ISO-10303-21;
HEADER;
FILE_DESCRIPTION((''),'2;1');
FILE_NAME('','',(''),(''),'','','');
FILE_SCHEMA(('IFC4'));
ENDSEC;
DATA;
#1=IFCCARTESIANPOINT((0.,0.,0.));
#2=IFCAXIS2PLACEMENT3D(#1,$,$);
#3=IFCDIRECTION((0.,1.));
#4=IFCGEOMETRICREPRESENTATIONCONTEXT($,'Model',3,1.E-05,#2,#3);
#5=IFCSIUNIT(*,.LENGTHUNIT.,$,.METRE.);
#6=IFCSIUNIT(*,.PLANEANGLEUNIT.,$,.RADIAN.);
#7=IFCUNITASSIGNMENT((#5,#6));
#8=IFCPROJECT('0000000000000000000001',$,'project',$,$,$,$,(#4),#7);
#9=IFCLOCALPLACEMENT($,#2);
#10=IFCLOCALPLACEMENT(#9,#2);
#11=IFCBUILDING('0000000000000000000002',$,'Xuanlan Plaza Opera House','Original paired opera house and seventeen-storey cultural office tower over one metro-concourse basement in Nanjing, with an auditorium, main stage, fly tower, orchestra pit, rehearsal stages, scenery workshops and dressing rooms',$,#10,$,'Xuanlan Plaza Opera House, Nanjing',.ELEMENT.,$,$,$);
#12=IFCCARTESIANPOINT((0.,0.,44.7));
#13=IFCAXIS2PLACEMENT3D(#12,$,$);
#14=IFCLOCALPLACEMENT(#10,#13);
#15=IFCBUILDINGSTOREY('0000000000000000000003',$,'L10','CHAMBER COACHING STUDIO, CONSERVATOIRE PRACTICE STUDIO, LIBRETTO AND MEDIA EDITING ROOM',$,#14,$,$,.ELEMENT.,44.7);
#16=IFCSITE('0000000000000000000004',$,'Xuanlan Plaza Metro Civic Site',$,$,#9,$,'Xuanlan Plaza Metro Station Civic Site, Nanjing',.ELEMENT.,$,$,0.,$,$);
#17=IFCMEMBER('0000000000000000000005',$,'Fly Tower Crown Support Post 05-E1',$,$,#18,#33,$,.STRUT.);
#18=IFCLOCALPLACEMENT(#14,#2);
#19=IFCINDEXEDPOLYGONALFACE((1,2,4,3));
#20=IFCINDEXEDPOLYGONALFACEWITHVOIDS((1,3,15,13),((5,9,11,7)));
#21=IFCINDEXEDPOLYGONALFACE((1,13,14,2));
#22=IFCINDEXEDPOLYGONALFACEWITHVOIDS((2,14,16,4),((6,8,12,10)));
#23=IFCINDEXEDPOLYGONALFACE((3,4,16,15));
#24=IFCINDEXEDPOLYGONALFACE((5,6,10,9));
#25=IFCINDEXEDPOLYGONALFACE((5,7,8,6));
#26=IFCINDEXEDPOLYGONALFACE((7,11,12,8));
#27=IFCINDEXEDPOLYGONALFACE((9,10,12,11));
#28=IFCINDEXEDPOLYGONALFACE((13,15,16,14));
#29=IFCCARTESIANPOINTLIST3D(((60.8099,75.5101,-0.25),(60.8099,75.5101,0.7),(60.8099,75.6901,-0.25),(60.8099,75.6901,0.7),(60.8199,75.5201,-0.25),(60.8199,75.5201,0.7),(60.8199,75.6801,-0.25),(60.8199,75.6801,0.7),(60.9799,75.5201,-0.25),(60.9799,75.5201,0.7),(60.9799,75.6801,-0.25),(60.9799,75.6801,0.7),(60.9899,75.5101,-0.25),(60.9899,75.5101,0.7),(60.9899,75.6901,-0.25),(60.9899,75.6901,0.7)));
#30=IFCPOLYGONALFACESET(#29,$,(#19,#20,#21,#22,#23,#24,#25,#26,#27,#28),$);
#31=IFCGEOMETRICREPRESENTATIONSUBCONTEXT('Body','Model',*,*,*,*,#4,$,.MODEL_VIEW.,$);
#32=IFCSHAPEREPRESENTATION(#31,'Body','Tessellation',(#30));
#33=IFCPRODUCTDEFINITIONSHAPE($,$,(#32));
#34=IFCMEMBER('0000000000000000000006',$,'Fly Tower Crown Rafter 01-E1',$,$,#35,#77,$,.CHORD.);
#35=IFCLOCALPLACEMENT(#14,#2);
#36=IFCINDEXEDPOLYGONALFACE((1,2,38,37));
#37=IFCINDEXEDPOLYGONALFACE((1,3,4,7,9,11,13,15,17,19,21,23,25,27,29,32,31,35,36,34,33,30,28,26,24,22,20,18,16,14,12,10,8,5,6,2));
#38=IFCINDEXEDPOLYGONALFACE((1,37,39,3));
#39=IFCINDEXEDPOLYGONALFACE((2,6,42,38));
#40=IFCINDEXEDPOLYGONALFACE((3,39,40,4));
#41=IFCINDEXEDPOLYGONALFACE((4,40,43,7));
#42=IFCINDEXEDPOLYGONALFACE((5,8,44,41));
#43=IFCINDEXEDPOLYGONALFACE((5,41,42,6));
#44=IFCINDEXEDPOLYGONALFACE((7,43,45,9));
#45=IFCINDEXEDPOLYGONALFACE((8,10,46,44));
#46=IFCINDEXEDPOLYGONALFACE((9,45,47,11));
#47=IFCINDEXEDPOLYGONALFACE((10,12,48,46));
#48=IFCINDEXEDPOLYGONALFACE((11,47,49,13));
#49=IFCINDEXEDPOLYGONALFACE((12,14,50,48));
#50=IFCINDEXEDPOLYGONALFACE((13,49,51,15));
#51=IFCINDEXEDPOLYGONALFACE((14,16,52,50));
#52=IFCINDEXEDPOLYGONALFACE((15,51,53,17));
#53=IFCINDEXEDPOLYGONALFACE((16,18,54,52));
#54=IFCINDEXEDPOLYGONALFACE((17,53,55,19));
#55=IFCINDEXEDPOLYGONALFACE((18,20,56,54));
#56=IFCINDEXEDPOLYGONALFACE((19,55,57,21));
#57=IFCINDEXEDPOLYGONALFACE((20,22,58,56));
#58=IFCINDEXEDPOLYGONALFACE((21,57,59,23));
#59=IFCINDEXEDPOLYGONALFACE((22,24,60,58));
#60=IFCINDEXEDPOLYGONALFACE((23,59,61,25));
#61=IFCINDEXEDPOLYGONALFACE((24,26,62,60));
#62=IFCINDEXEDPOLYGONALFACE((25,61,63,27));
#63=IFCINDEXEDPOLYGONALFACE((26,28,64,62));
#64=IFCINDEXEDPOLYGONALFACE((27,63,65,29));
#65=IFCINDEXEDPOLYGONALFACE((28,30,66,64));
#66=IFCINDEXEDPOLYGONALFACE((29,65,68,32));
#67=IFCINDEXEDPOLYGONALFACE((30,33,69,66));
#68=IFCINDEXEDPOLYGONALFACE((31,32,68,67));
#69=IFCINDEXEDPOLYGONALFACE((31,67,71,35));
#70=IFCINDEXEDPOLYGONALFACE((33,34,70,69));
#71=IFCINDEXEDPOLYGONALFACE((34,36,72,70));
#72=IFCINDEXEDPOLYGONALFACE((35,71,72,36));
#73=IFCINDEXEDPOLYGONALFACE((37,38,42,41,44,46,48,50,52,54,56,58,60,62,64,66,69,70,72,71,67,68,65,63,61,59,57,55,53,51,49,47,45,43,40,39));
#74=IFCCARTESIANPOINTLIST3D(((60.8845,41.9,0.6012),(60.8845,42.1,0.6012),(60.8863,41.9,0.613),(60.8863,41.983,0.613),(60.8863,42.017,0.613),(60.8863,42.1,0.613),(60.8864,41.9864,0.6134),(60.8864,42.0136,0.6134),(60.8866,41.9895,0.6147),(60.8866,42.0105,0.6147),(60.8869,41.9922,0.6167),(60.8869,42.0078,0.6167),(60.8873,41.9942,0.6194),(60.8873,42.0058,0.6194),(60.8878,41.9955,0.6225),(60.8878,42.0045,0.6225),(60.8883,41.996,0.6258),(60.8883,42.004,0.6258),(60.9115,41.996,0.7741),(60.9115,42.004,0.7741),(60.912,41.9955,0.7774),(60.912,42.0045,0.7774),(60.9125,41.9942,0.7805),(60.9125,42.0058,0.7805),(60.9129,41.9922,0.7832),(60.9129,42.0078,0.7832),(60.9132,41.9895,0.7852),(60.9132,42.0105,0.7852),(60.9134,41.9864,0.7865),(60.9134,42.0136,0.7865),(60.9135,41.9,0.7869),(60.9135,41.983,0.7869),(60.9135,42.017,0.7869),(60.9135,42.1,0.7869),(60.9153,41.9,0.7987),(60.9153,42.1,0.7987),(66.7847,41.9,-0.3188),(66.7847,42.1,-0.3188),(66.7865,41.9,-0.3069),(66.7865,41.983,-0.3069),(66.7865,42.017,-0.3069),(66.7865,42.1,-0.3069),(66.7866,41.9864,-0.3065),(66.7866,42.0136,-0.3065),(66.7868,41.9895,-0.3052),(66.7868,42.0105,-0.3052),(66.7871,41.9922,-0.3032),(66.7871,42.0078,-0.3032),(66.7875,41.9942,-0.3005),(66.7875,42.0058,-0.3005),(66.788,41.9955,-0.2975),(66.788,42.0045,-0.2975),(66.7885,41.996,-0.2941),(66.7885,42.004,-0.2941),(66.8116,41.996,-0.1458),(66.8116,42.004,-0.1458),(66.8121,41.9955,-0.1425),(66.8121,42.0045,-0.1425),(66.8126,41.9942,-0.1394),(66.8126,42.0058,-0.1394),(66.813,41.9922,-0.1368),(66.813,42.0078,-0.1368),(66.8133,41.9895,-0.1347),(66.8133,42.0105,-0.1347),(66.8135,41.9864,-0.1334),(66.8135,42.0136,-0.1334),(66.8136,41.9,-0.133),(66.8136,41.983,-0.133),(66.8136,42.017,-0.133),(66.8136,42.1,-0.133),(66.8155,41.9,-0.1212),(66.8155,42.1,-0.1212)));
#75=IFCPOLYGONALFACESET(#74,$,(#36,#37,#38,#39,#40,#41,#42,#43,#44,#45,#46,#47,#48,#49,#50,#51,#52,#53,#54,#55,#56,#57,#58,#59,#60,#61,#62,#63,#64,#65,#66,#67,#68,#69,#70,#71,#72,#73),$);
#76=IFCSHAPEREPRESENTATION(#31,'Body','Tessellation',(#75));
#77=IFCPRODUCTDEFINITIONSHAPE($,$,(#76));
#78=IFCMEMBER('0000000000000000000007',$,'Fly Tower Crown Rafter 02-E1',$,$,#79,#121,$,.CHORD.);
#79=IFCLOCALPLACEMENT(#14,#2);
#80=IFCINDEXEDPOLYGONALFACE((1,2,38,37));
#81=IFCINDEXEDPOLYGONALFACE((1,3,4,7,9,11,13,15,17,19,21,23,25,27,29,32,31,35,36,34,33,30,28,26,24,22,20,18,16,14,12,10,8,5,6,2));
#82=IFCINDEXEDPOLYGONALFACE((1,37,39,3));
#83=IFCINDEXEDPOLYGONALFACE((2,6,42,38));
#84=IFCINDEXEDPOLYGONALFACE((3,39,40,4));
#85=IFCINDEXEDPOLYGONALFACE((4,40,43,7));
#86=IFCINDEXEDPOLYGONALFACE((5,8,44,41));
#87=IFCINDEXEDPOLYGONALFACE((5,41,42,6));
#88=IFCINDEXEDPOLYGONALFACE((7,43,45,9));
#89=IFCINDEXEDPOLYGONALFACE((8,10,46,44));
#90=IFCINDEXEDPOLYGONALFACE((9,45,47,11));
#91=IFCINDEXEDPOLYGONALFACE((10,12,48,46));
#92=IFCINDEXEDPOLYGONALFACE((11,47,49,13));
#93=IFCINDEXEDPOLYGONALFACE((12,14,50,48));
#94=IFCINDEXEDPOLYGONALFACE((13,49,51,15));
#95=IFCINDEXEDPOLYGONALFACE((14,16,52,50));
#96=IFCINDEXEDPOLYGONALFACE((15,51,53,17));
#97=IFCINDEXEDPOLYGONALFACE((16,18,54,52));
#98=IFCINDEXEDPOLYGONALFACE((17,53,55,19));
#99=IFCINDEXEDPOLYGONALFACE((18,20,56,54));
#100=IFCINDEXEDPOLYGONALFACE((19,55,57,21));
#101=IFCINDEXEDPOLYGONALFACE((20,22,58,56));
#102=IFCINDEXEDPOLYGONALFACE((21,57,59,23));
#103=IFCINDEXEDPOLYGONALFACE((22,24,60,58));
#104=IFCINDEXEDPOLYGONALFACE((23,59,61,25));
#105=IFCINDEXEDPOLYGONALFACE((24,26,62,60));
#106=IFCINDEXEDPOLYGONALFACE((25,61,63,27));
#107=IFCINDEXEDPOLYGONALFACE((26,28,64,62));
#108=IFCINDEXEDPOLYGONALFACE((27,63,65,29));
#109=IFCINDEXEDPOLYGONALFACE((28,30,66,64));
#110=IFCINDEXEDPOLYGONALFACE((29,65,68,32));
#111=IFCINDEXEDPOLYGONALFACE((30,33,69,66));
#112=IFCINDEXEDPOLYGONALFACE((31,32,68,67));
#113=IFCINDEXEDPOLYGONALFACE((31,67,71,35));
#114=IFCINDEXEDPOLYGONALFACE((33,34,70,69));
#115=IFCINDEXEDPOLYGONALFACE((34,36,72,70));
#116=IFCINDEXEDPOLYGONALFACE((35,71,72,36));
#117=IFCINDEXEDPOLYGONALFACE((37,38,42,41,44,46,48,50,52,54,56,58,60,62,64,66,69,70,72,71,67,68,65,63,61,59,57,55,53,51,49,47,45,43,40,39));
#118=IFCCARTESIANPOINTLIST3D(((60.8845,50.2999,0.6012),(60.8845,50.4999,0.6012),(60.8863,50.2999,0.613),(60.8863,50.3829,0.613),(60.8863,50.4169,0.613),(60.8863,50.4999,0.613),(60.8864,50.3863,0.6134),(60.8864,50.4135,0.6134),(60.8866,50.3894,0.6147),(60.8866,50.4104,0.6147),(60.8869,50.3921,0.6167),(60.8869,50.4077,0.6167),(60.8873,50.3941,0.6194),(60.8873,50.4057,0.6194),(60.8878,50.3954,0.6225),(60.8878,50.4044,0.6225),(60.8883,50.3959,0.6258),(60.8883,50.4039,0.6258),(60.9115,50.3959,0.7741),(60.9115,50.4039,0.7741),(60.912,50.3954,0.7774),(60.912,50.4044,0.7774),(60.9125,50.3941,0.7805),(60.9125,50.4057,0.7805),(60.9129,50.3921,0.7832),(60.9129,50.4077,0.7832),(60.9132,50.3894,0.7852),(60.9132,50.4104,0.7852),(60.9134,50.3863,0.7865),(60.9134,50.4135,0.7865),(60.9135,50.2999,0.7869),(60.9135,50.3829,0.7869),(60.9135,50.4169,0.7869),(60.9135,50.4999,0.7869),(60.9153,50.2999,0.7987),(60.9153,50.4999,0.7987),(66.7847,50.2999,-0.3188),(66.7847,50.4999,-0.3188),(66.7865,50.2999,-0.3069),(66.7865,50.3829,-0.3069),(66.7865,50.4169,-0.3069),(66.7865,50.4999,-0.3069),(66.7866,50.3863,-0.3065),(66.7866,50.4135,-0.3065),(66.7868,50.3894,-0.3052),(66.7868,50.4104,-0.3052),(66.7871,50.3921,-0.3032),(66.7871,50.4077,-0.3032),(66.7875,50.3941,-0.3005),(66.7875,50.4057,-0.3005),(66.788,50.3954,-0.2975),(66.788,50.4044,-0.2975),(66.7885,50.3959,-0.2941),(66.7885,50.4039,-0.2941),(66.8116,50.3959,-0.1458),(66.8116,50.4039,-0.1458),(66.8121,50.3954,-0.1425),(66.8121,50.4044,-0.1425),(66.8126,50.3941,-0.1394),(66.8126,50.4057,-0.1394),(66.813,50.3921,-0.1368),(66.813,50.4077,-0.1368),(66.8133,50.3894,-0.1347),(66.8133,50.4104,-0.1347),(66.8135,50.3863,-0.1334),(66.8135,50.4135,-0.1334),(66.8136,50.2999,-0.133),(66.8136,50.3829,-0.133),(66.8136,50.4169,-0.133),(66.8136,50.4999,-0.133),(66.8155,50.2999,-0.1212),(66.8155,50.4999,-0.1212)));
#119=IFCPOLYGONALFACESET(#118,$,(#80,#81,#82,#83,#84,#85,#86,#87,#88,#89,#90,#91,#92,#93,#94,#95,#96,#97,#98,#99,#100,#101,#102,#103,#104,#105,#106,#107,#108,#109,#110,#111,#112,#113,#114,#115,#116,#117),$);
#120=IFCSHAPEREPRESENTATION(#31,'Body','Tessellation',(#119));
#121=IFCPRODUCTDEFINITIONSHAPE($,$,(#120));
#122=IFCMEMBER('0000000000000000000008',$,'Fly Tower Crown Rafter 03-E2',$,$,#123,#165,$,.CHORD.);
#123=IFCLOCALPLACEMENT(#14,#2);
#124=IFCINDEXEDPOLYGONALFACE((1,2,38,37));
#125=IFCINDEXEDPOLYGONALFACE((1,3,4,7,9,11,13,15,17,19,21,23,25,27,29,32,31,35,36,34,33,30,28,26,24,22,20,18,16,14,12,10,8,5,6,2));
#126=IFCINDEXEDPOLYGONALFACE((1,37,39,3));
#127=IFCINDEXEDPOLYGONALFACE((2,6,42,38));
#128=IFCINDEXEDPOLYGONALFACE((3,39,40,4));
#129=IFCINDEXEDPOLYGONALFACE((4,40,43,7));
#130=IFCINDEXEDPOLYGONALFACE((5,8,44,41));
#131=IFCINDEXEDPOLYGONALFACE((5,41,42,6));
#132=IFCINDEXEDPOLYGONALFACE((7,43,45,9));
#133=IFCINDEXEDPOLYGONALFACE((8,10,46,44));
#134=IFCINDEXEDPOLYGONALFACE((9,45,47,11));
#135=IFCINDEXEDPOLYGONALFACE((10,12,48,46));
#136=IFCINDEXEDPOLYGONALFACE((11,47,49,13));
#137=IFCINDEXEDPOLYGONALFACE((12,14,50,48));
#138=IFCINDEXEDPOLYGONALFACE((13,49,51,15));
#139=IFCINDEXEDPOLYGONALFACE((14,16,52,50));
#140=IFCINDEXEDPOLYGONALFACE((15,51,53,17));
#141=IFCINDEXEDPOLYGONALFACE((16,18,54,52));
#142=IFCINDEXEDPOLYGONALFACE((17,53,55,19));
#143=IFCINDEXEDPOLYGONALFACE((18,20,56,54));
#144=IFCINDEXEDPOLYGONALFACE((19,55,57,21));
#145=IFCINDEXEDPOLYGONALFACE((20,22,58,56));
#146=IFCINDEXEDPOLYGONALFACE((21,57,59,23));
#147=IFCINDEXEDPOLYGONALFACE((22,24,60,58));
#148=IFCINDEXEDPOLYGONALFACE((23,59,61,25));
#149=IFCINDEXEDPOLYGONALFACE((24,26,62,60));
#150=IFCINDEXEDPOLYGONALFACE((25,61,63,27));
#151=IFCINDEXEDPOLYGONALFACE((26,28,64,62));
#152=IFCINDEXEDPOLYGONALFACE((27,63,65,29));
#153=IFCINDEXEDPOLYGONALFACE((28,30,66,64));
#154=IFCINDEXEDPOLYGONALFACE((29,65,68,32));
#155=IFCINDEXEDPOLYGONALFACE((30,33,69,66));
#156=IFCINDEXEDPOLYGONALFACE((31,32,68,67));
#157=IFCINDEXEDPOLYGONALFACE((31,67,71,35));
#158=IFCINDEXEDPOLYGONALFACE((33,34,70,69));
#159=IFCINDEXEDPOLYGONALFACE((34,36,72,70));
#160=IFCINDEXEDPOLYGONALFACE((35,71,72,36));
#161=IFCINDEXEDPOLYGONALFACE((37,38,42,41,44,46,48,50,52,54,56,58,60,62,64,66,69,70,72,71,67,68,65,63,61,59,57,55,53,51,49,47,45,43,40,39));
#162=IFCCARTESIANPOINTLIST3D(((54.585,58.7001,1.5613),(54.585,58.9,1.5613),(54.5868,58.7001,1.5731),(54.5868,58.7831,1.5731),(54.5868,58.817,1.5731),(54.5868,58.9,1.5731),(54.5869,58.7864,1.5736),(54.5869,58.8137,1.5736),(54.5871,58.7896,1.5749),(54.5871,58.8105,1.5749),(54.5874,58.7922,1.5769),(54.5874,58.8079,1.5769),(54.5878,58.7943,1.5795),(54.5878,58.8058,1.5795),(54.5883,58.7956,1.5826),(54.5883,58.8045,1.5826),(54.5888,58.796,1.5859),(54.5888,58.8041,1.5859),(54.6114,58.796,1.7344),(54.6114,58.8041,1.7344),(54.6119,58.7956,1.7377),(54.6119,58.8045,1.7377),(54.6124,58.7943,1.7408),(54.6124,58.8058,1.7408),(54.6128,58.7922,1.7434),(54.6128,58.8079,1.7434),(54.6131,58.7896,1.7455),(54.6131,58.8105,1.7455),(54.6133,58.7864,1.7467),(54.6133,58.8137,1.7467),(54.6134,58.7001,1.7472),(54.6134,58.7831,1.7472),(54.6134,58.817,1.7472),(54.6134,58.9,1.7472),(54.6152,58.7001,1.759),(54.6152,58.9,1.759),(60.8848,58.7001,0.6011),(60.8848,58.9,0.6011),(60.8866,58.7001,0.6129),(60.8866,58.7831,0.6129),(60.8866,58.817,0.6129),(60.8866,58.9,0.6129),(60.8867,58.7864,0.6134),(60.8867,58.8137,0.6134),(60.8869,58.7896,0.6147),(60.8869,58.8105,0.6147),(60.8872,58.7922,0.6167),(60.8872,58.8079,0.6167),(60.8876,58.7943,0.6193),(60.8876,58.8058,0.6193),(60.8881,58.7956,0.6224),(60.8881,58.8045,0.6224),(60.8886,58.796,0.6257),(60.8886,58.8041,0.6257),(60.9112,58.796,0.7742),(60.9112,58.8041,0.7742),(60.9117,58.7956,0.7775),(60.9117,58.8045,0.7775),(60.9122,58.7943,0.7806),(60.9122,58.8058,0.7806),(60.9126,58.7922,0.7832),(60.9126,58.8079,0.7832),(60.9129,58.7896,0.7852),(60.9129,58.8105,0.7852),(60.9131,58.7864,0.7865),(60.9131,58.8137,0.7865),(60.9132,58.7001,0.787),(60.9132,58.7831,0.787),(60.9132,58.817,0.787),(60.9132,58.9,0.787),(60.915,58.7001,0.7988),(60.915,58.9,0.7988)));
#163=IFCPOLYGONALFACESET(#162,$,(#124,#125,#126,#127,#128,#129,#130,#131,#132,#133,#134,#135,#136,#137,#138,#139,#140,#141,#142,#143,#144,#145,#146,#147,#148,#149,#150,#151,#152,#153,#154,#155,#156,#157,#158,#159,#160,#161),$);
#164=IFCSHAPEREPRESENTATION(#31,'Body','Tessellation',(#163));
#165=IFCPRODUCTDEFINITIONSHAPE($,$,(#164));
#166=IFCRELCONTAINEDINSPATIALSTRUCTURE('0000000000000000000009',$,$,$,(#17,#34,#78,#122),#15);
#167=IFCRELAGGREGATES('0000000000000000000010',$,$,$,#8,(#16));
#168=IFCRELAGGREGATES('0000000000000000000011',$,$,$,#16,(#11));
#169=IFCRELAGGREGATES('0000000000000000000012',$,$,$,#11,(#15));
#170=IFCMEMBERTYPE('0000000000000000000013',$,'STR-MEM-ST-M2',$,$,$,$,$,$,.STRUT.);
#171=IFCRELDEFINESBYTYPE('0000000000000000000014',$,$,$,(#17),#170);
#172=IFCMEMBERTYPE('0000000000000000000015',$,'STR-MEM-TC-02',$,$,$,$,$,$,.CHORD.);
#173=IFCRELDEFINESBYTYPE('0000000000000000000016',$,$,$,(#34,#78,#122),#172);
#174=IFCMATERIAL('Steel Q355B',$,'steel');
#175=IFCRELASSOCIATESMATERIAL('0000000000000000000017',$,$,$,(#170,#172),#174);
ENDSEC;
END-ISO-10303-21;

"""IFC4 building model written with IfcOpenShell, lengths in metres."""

from ifc_helpers import new_model, si_unit, direction, frame, origin, origin_2d, place, context, subcontext, project, spatial, hollow_rectangle, i_section, extrude, material, material_profile, profile_set, type_object, element, save


model = new_model("IFC4")

# Units and contexts
model_context = context("Model", 3, precision=1e-05, world=origin(), true_north=direction((0.0, 1.0)))
body_context = subcontext(model_context, "Body", "Model", "MODEL_VIEW")
ifc_project = project(units=[si_unit("LENGTHUNIT", "METRE"), si_unit("PLANEANGLEUNIT", "RADIAN")], contexts=[model_context])

# Site, building, storey
site_placement = place(None, origin())
site = spatial("IfcSite", under=ifc_project, at=site_placement, Name="Xuanlan Plaza Metro Civic Site", LongName="Xuanlan Plaza Metro Station Civic Site, Nanjing", CompositionType="ELEMENT", RefElevation=0.0)
building_placement = place(site_placement, origin())
building = spatial("IfcBuilding", under=site, at=building_placement, Name="Xuanlan Plaza Opera House", Description="Original paired opera house and seventeen-storey cultural office tower over one metro-concourse basement in Nanjing, with an auditorium, main stage, fly tower, orchestra pit, rehearsal stages, scenery workshops and dressing rooms", LongName="Xuanlan Plaza Opera House, Nanjing", CompositionType="ELEMENT")
storey_placement = place(building_placement, frame((0.0, 0.0, 44.7)))
storey = spatial("IfcBuildingStorey", under=building, at=storey_placement, Name="L10", Description="CHAMBER COACHING STUDIO, CONSERVATOIRE PRACTICE STUDIO, LIBRETTO AND MEDIA EDITING ROOM", CompositionType="ELEMENT", Elevation=44.7)

# Shared definitions
ifc_material_1 = material(Name="Steel Q355B", Category="steel")

# Members
ifc_material_profile_1 = material_profile(ifc_material_1, hollow_rectangle(XDim=0.1799, YDim=0.1799, WallThickness=0.01, at=origin_2d()), Name="SHS 180x180x10")
ifc_profile_set_1 = profile_set([ifc_material_profile_1], Name="Steel Q355B")
member_type_1 = type_object("IfcMemberType", Name="STR-MEM-ST-M2", PredefinedType="STRUT", material=ifc_profile_set_1)
member_1_placement = place(storey_placement, frame((60.8999, 75.6001, -0.25), z_axis=(0.0, 0.0, 1.0), x_axis=(1.0, 0.0, 0.0)))
element("IfcMember", 1, at=member_1_placement, inside=storey, type_object=member_type_1, Name="Fly Tower Crown Support Post 05-E1", PredefinedType="STRUT", context=body_context, shape_type="SweptSolid", body=[
    extrude(hollow_rectangle(XDim=0.1799, YDim=0.1799, WallThickness=0.01, at=origin_2d()), origin(), (0.0, 0.0, 1.0), 0.95),
])
ifc_material_profile_2 = material_profile(ifc_material_1, i_section(OverallWidth=0.2, OverallDepth=0.2, WebThickness=0.0081, FlangeThickness=0.012, FilletRadius=0.0129, at=origin_2d()), Name="HW 200x200x8x12")
ifc_profile_set_2 = profile_set([ifc_material_profile_2], Name="Steel Q355B")
member_type_2 = type_object("IfcMemberType", Name="STR-MEM-TC-02", PredefinedType="CHORD", material=ifc_profile_set_2)
for number, where, z_axis, x_axis, name in (
    (2, (60.8999, 42.0, 0.7), (0.988062, 0.0, -0.154054), (0.0, 1.0, 0.0), "Fly Tower Crown Rafter 01-E1"),
    (3, (60.8999, 50.3999, 0.7), (0.988062, 0.0, -0.154054), (0.0, 1.0, 0.0), "Fly Tower Crown Rafter 02-E1"),
):
    element("IfcMember", number, at=place(storey_placement, frame(where, z_axis=z_axis, x_axis=x_axis)), inside=storey, type_object=member_type_2, Name=name, PredefinedType="CHORD", context=body_context, shape_type="SweptSolid", body=[
        extrude(i_section(OverallWidth=0.2, OverallDepth=0.2, WebThickness=0.0081, FlangeThickness=0.012, FilletRadius=0.0129, at=origin_2d()), origin(), (0.0, 0.0, 1.0), 5.9714),
    ])
member_2_placement = place(storey_placement, frame((54.6001, 58.8, 1.6602), z_axis=(0.988583, 0.0, -0.150678), x_axis=(0.0, 1.0, 0.0)))
element("IfcMember", 4, at=member_2_placement, inside=storey, type_object=member_type_2, Name="Fly Tower Crown Rafter 03-E2", PredefinedType="CHORD", context=body_context, shape_type="SweptSolid", body=[
    extrude(i_section(OverallWidth=0.2, OverallDepth=0.2, WebThickness=0.0081, FlangeThickness=0.012, FilletRadius=0.0129, at=origin_2d()), origin(), (0.0, 0.0, 1.0), 6.3726),
])

save(model, "model.ifc")
